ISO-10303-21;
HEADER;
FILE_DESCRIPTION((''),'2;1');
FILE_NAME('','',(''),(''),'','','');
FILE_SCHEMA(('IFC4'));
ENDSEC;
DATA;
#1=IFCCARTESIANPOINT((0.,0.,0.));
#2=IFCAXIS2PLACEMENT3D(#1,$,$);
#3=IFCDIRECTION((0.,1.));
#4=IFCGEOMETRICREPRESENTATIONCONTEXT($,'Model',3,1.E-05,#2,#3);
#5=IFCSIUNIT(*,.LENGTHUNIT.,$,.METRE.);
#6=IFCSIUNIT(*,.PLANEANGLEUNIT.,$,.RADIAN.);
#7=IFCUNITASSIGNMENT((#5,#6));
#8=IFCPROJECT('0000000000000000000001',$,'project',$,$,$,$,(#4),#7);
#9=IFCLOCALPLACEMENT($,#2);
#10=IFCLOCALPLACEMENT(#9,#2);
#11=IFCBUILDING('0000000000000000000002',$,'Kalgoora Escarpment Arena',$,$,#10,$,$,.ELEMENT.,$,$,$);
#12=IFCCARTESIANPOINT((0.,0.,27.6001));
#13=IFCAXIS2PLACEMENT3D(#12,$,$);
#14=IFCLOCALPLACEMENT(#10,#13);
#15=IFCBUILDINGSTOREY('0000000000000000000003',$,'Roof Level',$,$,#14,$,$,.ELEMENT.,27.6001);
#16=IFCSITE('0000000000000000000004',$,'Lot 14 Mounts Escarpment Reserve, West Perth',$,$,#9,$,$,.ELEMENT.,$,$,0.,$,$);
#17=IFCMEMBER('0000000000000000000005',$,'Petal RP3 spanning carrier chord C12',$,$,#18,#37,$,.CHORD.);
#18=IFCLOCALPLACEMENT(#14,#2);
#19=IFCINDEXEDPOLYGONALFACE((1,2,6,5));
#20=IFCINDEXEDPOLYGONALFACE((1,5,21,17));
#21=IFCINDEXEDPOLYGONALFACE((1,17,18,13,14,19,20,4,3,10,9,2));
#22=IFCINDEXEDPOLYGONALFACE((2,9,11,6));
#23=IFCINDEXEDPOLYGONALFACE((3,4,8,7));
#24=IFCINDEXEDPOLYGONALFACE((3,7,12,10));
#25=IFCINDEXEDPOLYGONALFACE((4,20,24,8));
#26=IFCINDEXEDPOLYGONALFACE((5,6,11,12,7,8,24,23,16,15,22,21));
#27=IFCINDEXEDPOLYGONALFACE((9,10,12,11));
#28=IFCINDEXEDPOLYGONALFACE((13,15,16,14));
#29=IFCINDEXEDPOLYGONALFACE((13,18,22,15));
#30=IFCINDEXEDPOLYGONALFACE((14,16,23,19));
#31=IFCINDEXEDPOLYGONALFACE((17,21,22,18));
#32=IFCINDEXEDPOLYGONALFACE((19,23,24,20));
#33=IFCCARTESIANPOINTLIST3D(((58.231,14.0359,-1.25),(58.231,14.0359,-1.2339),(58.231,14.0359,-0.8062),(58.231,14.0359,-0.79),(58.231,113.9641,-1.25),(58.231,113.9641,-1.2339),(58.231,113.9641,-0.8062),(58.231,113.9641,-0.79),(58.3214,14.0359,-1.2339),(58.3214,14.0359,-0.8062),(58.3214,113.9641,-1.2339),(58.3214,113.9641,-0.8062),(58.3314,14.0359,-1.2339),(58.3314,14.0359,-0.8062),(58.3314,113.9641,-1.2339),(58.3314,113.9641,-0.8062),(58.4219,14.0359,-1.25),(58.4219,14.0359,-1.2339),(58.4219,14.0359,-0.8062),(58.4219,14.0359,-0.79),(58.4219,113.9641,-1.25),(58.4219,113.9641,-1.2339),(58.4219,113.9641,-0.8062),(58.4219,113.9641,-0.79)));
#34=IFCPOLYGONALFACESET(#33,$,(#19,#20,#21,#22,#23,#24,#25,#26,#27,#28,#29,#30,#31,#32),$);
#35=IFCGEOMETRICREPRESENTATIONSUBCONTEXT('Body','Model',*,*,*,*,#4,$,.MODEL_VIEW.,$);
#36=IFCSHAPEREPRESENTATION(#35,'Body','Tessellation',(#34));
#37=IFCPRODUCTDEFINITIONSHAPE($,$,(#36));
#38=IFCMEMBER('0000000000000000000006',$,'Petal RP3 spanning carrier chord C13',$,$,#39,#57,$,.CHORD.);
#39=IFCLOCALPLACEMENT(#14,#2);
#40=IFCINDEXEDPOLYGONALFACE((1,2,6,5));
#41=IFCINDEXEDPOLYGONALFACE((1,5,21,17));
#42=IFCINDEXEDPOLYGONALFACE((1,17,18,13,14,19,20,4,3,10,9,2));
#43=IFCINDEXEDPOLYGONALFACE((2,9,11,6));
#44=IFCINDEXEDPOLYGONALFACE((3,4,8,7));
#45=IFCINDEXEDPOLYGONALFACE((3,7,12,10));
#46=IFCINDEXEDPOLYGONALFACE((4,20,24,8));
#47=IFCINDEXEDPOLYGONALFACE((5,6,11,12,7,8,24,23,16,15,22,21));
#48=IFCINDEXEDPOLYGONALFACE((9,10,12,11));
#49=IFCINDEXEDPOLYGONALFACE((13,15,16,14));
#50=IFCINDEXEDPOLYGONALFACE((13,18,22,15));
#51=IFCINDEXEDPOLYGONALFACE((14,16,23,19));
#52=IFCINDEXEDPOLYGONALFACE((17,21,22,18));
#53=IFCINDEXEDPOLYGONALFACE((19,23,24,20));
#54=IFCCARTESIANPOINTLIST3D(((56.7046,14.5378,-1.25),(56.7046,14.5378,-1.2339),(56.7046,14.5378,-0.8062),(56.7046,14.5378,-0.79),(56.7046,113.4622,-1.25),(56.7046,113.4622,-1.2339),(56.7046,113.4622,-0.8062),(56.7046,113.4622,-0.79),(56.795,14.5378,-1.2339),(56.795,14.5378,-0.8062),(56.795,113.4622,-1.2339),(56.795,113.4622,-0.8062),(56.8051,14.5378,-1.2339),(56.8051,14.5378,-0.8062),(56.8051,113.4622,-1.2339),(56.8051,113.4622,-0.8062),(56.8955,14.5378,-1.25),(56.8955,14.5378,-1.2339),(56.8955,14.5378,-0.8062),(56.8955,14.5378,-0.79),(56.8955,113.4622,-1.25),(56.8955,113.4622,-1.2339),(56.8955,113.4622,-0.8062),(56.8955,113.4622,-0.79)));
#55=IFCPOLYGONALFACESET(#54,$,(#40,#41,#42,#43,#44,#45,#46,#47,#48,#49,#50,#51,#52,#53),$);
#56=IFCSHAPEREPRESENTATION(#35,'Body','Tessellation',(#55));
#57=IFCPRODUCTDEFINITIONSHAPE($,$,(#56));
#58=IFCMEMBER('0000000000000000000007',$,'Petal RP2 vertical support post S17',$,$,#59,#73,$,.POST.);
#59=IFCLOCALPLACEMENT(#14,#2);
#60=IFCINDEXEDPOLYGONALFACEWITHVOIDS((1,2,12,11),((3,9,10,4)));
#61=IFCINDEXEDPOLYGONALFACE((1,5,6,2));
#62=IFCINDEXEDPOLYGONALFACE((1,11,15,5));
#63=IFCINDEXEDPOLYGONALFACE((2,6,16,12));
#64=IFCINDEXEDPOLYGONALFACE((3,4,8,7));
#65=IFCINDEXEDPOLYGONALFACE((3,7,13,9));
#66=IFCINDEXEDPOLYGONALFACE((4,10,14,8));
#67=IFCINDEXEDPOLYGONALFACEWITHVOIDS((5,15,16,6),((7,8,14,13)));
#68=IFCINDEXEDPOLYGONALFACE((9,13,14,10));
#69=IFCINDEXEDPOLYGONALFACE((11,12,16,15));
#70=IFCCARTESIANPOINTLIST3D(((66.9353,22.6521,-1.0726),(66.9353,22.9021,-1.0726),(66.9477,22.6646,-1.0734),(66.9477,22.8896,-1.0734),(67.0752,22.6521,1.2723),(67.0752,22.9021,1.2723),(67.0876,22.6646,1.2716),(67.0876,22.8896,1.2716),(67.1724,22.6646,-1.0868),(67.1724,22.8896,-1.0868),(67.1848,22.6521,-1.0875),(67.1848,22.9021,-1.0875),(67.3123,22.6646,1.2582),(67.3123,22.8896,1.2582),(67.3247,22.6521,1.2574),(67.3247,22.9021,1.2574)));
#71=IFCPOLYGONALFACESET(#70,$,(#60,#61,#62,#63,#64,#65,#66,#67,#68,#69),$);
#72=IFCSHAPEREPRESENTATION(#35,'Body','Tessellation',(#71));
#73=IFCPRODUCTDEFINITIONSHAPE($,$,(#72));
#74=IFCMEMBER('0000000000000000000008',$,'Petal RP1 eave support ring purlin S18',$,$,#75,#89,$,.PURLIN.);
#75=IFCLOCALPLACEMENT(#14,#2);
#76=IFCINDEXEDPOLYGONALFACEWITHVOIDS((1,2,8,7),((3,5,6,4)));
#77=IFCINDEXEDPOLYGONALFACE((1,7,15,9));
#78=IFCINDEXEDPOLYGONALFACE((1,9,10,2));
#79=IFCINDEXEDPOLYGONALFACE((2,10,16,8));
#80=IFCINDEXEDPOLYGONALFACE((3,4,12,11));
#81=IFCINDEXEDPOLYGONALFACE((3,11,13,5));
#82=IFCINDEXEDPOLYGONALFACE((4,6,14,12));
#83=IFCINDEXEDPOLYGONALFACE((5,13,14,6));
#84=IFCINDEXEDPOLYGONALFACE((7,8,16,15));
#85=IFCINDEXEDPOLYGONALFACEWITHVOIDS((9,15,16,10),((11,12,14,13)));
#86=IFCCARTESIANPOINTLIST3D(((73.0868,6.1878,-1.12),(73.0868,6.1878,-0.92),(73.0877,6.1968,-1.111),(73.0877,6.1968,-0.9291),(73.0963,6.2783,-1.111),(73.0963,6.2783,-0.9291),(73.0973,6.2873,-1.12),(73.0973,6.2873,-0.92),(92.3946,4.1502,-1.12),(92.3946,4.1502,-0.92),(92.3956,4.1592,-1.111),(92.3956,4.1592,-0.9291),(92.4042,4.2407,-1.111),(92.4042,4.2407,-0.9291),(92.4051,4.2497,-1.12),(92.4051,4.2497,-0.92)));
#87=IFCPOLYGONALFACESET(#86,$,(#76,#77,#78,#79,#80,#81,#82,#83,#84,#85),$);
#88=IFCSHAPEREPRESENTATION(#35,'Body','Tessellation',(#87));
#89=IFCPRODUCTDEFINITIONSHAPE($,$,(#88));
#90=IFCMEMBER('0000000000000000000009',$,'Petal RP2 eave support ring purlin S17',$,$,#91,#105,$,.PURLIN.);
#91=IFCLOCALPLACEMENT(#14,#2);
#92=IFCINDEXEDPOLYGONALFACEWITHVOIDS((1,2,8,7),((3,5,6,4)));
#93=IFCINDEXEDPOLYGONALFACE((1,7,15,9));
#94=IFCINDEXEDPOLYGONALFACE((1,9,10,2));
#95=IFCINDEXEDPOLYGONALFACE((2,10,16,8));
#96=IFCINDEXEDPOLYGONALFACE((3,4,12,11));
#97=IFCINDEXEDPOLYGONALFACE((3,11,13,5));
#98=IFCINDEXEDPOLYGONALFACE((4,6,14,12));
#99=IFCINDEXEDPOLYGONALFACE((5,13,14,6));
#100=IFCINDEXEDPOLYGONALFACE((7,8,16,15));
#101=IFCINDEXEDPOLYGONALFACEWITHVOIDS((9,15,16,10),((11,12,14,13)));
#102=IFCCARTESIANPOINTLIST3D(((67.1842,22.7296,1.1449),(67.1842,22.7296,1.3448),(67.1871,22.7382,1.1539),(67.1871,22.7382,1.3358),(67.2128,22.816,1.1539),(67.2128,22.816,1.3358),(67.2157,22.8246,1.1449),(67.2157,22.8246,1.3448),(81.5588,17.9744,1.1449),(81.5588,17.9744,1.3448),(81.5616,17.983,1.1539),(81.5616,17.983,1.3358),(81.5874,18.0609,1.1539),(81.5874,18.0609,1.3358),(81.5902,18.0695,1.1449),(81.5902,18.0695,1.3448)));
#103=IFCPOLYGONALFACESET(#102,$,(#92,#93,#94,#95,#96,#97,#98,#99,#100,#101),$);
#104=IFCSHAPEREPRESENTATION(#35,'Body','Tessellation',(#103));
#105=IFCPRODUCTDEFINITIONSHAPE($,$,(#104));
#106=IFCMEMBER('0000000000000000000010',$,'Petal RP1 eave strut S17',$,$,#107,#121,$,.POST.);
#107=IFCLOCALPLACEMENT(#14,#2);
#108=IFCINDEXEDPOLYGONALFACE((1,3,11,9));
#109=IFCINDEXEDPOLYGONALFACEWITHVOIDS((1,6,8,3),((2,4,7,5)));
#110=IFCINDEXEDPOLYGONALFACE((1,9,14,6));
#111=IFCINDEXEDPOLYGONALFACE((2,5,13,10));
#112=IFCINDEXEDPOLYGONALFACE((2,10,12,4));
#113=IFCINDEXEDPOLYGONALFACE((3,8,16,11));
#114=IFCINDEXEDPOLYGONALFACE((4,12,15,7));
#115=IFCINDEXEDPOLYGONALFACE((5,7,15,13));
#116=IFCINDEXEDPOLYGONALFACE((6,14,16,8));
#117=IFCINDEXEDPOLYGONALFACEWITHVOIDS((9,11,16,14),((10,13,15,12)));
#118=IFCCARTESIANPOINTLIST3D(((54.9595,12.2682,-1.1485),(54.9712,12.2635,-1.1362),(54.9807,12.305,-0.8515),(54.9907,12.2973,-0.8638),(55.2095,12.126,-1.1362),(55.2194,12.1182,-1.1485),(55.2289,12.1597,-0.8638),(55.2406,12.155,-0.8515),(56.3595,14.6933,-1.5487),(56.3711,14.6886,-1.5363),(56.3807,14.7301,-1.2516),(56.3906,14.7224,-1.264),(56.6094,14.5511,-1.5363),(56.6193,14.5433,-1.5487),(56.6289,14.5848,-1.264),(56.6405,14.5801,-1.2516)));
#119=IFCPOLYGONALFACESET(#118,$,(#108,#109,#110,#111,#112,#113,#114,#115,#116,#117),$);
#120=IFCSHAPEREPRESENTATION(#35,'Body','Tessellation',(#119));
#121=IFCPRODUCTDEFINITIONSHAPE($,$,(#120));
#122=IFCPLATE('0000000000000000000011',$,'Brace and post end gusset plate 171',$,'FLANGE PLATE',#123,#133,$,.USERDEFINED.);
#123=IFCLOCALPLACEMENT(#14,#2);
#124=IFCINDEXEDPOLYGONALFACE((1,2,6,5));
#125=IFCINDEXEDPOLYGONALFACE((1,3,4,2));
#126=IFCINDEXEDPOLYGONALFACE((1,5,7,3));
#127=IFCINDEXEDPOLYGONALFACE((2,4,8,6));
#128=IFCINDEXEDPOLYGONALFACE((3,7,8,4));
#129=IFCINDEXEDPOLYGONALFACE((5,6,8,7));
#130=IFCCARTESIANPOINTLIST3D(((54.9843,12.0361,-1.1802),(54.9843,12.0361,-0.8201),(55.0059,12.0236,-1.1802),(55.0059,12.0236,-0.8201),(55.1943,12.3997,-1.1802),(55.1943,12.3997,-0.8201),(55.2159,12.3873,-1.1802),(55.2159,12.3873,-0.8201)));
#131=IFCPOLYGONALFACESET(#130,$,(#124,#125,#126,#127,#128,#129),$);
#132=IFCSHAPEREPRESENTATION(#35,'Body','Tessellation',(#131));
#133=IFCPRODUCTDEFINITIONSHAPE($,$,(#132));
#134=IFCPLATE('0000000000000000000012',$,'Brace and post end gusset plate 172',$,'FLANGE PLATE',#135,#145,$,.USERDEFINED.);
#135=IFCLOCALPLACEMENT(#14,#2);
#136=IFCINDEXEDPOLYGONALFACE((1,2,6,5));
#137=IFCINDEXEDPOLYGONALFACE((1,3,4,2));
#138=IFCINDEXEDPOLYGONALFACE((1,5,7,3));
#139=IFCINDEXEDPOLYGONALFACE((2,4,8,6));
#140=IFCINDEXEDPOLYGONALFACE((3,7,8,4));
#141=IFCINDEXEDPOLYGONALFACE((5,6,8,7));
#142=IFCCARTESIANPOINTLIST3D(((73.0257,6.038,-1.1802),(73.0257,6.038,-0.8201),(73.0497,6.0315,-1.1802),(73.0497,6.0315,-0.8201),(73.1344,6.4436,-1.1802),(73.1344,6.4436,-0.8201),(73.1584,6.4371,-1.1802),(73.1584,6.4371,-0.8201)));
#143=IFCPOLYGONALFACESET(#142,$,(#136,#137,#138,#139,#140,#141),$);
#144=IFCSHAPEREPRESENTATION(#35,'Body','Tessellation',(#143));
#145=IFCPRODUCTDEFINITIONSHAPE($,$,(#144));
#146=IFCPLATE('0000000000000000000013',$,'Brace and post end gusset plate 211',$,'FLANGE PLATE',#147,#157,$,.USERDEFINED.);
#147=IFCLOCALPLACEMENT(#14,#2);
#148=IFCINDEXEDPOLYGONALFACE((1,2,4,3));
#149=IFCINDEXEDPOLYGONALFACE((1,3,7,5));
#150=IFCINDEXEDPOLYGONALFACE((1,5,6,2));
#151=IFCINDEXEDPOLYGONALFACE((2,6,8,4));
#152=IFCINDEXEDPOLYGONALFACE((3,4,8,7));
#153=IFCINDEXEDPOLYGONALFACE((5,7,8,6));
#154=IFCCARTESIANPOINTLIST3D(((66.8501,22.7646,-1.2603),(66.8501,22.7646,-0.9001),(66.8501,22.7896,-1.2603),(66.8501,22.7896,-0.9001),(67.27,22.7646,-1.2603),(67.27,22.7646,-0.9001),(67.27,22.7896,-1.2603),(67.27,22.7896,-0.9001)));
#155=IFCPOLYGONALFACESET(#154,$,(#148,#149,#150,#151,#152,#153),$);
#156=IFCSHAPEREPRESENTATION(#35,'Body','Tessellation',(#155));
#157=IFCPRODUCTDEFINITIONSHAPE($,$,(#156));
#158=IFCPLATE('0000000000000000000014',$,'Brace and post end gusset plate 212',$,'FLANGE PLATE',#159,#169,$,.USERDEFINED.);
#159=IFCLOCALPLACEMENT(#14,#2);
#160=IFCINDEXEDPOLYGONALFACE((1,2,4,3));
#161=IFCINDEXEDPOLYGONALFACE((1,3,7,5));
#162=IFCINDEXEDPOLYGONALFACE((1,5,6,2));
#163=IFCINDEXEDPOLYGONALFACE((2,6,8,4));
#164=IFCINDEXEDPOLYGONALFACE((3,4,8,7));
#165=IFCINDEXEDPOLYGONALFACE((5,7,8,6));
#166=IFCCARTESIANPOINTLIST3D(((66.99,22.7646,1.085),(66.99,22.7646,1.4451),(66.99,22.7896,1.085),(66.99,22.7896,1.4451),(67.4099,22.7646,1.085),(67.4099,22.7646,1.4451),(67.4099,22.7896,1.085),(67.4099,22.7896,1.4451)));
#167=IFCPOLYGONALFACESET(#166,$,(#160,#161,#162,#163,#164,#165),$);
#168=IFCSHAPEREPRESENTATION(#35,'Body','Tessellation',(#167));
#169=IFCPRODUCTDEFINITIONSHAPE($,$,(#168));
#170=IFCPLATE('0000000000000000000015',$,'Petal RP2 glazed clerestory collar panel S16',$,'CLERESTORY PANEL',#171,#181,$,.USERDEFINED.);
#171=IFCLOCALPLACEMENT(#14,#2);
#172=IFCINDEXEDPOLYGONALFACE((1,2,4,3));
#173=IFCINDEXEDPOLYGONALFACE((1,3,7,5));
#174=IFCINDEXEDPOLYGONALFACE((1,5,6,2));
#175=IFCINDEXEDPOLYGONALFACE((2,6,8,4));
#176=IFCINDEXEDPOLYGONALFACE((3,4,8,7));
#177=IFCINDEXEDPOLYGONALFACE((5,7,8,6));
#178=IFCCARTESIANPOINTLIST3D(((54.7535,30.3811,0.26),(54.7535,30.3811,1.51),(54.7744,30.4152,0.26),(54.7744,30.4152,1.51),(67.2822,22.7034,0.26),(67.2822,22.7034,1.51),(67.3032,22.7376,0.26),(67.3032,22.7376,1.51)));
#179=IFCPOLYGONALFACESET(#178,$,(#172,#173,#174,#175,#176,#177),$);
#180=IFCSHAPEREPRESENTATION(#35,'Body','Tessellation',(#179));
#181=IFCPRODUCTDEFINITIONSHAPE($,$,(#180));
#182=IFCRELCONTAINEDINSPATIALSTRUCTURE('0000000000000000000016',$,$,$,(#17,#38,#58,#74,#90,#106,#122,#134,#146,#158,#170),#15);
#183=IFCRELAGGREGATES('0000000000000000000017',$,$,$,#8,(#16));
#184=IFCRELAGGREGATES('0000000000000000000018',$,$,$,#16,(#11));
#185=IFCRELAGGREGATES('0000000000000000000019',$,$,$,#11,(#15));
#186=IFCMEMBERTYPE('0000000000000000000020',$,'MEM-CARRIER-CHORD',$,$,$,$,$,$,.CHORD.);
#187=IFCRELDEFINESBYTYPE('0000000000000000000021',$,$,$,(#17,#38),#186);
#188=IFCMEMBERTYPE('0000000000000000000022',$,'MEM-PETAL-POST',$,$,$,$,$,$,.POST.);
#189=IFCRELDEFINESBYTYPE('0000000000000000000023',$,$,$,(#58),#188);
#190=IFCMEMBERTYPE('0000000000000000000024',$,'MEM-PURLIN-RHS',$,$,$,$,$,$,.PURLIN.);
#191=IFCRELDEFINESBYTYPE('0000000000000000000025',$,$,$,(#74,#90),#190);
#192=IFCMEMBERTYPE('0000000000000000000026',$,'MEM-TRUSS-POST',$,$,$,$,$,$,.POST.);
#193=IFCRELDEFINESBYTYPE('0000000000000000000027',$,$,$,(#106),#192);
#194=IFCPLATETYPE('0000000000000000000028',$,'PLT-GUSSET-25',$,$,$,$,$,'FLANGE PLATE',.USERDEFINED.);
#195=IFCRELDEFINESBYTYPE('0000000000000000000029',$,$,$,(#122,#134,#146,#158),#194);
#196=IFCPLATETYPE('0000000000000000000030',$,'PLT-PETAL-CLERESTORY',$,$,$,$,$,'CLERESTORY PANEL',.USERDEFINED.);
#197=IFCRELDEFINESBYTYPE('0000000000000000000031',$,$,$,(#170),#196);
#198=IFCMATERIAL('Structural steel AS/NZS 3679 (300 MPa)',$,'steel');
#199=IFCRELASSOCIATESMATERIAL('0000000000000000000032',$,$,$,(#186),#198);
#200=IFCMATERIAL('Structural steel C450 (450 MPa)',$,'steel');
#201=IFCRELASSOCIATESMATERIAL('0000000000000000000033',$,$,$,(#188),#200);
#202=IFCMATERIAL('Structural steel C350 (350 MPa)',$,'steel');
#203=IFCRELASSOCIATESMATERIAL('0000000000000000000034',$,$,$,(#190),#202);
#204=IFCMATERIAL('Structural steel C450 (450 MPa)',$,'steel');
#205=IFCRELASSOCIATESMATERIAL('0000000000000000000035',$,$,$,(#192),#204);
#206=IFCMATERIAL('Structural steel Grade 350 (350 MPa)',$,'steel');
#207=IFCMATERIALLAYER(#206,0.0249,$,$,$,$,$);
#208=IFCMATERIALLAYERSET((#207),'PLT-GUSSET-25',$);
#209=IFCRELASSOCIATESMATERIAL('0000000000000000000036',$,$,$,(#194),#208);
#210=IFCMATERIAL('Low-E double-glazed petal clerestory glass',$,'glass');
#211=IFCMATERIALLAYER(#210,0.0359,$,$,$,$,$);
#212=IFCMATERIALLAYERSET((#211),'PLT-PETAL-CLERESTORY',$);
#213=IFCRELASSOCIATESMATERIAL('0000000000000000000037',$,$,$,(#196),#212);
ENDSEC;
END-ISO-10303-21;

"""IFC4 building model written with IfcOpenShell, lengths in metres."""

from ifc_helpers import new_model, si_unit, direction, frame, origin, origin_2d, place, context, subcontext, project, spatial, rectangle, hollow_rectangle, i_section, extrude, material, layer, layer_set, material_profile, profile_set, type_object, element, save


model = new_model("IFC4")

# Units and contexts
model_context = context("Model", 3, precision=1e-05, world=origin(), true_north=direction((0.0, 1.0)))
body_context = subcontext(model_context, "Body", "Model", "MODEL_VIEW")
ifc_project = project(units=[si_unit("LENGTHUNIT", "METRE"), si_unit("PLANEANGLEUNIT", "RADIAN")], contexts=[model_context])

# Site, building, storey
site_placement = place(None, origin())
site = spatial("IfcSite", under=ifc_project, at=site_placement, Name="Lot 14 Mounts Escarpment Reserve, West Perth", CompositionType="ELEMENT", RefElevation=0.0)
building_placement = place(site_placement, origin())
building = spatial("IfcBuilding", under=site, at=building_placement, Name="Kalgoora Escarpment Arena", CompositionType="ELEMENT")
storey_placement = place(building_placement, frame((0.0, 0.0, 27.6001)))
storey = spatial("IfcBuildingStorey", under=building, at=storey_placement, Name="Roof Level", CompositionType="ELEMENT", Elevation=27.6001)

# Members
ifc_material_1 = material(Name="Structural steel AS/NZS 3679 (300 MPa)", Category="steel")
ifc_material_profile_1 = material_profile(ifc_material_1, i_section(OverallWidth=0.1909, OverallDepth=0.46, WebThickness=0.01, FlangeThickness=0.0161, at=origin_2d()))
ifc_profile_set_1 = profile_set([ifc_material_profile_1], Name="Structural steel AS/NZS 3679 (300 MPa)")
member_type_1 = type_object("IfcMemberType", Name="MEM-CARRIER-CHORD", PredefinedType="CHORD", material=ifc_profile_set_1)
member_1_placement = place(storey_placement, frame((58.3264, 14.0359, -1.02), z_axis=(0.0, 1.0, 0.0), x_axis=(-1.0, 0.0, 0.0)))
element("IfcMember", 1, at=member_1_placement, inside=storey, type_object=member_type_1, Name="Petal RP3 spanning carrier chord C12", PredefinedType="CHORD", context=body_context, shape_type="SweptSolid", body=[
    extrude(i_section(OverallWidth=0.1909, OverallDepth=0.46, WebThickness=0.01, FlangeThickness=0.0161, at=origin_2d()), origin(), (0.0, 0.0, 1.0), 99.9282),
])
member_2_placement = place(storey_placement, frame((56.8, 14.5378, -1.02), z_axis=(0.0, 1.0, 0.0), x_axis=(-1.0, 0.0, 0.0)))
element("IfcMember", 2, at=member_2_placement, inside=storey, type_object=member_type_1, Name="Petal RP3 spanning carrier chord C13", PredefinedType="CHORD", context=body_context, shape_type="SweptSolid", body=[
    extrude(i_section(OverallWidth=0.1909, OverallDepth=0.46, WebThickness=0.01, FlangeThickness=0.0161, at=origin_2d()), origin(), (0.0, 0.0, 1.0), 98.9243),
])
ifc_material_2 = material(Name="Structural steel C450 (450 MPa)", Category="steel")
ifc_material_profile_2 = material_profile(ifc_material_2, hollow_rectangle(XDim=0.25, YDim=0.25, WallThickness=0.0125, at=origin_2d()))
ifc_profile_set_2 = profile_set([ifc_material_profile_2], Name="Structural steel C450 (450 MPa)")
member_type_2 = type_object("IfcMemberType", Name="MEM-PETAL-POST", PredefinedType="POST", material=ifc_profile_set_2)
member_3_placement = place(storey_placement, frame((67.0601, 22.7771, -1.0801), z_axis=(0.059551, 0.0, 0.998225), x_axis=(0.0, 1.0, 0.0)))
element("IfcMember", 3, at=member_3_placement, inside=storey, type_object=member_type_2, Name="Petal RP2 vertical support post S17", PredefinedType="POST", context=body_context, shape_type="SweptSolid", body=[
    extrude(hollow_rectangle(XDim=0.25, YDim=0.25, WallThickness=0.0125, at=origin_2d()), origin(), (0.0, 0.0, 1.0), 2.3491),
])
ifc_material_3 = material(Name="Structural steel C350 (350 MPa)", Category="steel")
ifc_material_profile_3 = material_profile(ifc_material_3, hollow_rectangle(XDim=0.1001, YDim=0.2, WallThickness=0.009, at=origin_2d()))
ifc_profile_set_3 = profile_set([ifc_material_profile_3], Name="Structural steel C350 (350 MPa)")
member_type_3 = type_object("IfcMemberType", Name="MEM-PURLIN-RHS", PredefinedType="PURLIN", material=ifc_profile_set_3)
member_4_placement = place(storey_placement, frame((73.092, 6.2375, -1.02), z_axis=(0.994478, -0.104949, 0.0), x_axis=(0.104949, 0.994478, 0.0)))
element("IfcMember", 4, at=member_4_placement, inside=storey, type_object=member_type_3, Name="Petal RP1 eave support ring purlin S18", PredefinedType="PURLIN", context=body_context, shape_type="SweptSolid", body=[
    extrude(hollow_rectangle(XDim=0.1001, YDim=0.2, WallThickness=0.009, at=origin_2d()), origin(), (0.0, 0.0, 1.0), 19.415),
])
member_5_placement = place(storey_placement, frame((67.2, 22.7771, 1.2449), z_axis=(0.949402, -0.314065, 0.0), x_axis=(0.314065, 0.949402, 0.0)))
element("IfcMember", 5, at=member_5_placement, inside=storey, type_object=member_type_3, Name="Petal RP2 eave support ring purlin S17", PredefinedType="PURLIN", context=body_context, shape_type="SweptSolid", body=[
    extrude(hollow_rectangle(XDim=0.1001, YDim=0.2, WallThickness=0.009, at=origin_2d()), origin(), (0.0, 0.0, 1.0), 15.1406),
])
ifc_material_4 = material(Name="Structural steel C450 (450 MPa)", Category="steel")
ifc_material_profile_4 = material_profile(ifc_material_4, hollow_rectangle(XDim=0.3, YDim=0.3, WallThickness=0.0125, at=origin_2d()))
ifc_profile_set_4 = profile_set([ifc_material_profile_4], Name="Structural steel C450 (450 MPa)")
member_type_4 = type_object("IfcMemberType", Name="MEM-TRUSS-POST", PredefinedType="POST", material=ifc_profile_set_4)
member_6_placement = place(storey_placement, frame((56.5, 14.6367, -1.4001), z_axis=(-0.494918, -0.857346, 0.141467), x_axis=(0.866056, -0.499946, 0.0)))
element("IfcMember", 6, at=member_6_placement, inside=storey, type_object=member_type_4, Name="Petal RP1 eave strut S17", PredefinedType="POST", context=body_context, shape_type="SweptSolid", body=[
    extrude(hollow_rectangle(XDim=0.3, YDim=0.3, WallThickness=0.0125, at=origin_2d()), origin(), (0.0, 0.0, 1.0), 2.8286),
])

# Plates
ifc_material_5 = material(Name="Structural steel Grade 350 (350 MPa)", Category="steel")
ifc_layer_1 = layer(ifc_material_5, 0.0249)
ifc_layer_set_1 = layer_set([ifc_layer_1], Name="PLT-GUSSET-25")
plate_type_1 = type_object("IfcPlateType", Name="PLT-GUSSET-25", ElementType="FLANGE PLATE", PredefinedType="USERDEFINED", material=ifc_layer_set_1)
for number, where, z_axis, x_axis, name in (
    (7, (55.1001, 12.2117, -1.1802), (0.0, 0.0, 1.0), (-0.5, -0.866025, 0.0), "Brace and post end gusset plate 171"),
    (8, (73.092, 6.2375, -1.1802), (0.0, 0.0, 1.0), (-0.258819, -0.965926, 0.0), "Brace and post end gusset plate 172"),
    (9, (67.0601, 22.7771, -1.2603), (0.0, 0.0, 1.0), (1.0, 0.0, 0.0), "Brace and post end gusset plate 211"),
    (10, (67.2, 22.7771, 1.085), (0.0, 0.0, 1.0), (1.0, 0.0, 0.0), "Brace and post end gusset plate 212"),
):
    element("IfcPlate", number, at=place(storey_placement, frame(where, z_axis=z_axis, x_axis=x_axis)), inside=storey, type_object=plate_type_1, Name=name, ObjectType="FLANGE PLATE", PredefinedType="USERDEFINED", context=body_context, shape_type="SweptSolid", body=[
        extrude(rectangle(XDim=0.4199, YDim=0.0249, at=origin_2d()), origin(), (0.0, 0.0, 1.0), 0.3601),
    ])
ifc_material_6 = material(Name="Low-E double-glazed petal clerestory glass", Category="glass")
ifc_layer_2 = layer(ifc_material_6, 0.0359)
ifc_layer_set_2 = layer_set([ifc_layer_2], Name="PLT-PETAL-CLERESTORY")
plate_type_2 = type_object("IfcPlateType", Name="PLT-PETAL-CLERESTORY", ElementType="CLERESTORY PANEL", PredefinedType="USERDEFINED", material=ifc_layer_set_2)
plate_1_placement = place(storey_placement, frame((61.0283, 26.5593, 0.26), z_axis=(0.0, 0.0, 1.0), x_axis=(0.85264, -0.522499, 0.0)))
element("IfcPlate", 11, at=plate_1_placement, inside=storey, type_object=plate_type_2, Name="Petal RP2 glazed clerestory collar panel S16", ObjectType="CLERESTORY PANEL", PredefinedType="USERDEFINED", context=body_context, shape_type="SweptSolid", body=[
    extrude(rectangle(XDim=14.6941, YDim=0.04, at=origin_2d()), origin(), (0.0, 0.0, 1.0), 1.25),
])

save(model, "model.ifc")
